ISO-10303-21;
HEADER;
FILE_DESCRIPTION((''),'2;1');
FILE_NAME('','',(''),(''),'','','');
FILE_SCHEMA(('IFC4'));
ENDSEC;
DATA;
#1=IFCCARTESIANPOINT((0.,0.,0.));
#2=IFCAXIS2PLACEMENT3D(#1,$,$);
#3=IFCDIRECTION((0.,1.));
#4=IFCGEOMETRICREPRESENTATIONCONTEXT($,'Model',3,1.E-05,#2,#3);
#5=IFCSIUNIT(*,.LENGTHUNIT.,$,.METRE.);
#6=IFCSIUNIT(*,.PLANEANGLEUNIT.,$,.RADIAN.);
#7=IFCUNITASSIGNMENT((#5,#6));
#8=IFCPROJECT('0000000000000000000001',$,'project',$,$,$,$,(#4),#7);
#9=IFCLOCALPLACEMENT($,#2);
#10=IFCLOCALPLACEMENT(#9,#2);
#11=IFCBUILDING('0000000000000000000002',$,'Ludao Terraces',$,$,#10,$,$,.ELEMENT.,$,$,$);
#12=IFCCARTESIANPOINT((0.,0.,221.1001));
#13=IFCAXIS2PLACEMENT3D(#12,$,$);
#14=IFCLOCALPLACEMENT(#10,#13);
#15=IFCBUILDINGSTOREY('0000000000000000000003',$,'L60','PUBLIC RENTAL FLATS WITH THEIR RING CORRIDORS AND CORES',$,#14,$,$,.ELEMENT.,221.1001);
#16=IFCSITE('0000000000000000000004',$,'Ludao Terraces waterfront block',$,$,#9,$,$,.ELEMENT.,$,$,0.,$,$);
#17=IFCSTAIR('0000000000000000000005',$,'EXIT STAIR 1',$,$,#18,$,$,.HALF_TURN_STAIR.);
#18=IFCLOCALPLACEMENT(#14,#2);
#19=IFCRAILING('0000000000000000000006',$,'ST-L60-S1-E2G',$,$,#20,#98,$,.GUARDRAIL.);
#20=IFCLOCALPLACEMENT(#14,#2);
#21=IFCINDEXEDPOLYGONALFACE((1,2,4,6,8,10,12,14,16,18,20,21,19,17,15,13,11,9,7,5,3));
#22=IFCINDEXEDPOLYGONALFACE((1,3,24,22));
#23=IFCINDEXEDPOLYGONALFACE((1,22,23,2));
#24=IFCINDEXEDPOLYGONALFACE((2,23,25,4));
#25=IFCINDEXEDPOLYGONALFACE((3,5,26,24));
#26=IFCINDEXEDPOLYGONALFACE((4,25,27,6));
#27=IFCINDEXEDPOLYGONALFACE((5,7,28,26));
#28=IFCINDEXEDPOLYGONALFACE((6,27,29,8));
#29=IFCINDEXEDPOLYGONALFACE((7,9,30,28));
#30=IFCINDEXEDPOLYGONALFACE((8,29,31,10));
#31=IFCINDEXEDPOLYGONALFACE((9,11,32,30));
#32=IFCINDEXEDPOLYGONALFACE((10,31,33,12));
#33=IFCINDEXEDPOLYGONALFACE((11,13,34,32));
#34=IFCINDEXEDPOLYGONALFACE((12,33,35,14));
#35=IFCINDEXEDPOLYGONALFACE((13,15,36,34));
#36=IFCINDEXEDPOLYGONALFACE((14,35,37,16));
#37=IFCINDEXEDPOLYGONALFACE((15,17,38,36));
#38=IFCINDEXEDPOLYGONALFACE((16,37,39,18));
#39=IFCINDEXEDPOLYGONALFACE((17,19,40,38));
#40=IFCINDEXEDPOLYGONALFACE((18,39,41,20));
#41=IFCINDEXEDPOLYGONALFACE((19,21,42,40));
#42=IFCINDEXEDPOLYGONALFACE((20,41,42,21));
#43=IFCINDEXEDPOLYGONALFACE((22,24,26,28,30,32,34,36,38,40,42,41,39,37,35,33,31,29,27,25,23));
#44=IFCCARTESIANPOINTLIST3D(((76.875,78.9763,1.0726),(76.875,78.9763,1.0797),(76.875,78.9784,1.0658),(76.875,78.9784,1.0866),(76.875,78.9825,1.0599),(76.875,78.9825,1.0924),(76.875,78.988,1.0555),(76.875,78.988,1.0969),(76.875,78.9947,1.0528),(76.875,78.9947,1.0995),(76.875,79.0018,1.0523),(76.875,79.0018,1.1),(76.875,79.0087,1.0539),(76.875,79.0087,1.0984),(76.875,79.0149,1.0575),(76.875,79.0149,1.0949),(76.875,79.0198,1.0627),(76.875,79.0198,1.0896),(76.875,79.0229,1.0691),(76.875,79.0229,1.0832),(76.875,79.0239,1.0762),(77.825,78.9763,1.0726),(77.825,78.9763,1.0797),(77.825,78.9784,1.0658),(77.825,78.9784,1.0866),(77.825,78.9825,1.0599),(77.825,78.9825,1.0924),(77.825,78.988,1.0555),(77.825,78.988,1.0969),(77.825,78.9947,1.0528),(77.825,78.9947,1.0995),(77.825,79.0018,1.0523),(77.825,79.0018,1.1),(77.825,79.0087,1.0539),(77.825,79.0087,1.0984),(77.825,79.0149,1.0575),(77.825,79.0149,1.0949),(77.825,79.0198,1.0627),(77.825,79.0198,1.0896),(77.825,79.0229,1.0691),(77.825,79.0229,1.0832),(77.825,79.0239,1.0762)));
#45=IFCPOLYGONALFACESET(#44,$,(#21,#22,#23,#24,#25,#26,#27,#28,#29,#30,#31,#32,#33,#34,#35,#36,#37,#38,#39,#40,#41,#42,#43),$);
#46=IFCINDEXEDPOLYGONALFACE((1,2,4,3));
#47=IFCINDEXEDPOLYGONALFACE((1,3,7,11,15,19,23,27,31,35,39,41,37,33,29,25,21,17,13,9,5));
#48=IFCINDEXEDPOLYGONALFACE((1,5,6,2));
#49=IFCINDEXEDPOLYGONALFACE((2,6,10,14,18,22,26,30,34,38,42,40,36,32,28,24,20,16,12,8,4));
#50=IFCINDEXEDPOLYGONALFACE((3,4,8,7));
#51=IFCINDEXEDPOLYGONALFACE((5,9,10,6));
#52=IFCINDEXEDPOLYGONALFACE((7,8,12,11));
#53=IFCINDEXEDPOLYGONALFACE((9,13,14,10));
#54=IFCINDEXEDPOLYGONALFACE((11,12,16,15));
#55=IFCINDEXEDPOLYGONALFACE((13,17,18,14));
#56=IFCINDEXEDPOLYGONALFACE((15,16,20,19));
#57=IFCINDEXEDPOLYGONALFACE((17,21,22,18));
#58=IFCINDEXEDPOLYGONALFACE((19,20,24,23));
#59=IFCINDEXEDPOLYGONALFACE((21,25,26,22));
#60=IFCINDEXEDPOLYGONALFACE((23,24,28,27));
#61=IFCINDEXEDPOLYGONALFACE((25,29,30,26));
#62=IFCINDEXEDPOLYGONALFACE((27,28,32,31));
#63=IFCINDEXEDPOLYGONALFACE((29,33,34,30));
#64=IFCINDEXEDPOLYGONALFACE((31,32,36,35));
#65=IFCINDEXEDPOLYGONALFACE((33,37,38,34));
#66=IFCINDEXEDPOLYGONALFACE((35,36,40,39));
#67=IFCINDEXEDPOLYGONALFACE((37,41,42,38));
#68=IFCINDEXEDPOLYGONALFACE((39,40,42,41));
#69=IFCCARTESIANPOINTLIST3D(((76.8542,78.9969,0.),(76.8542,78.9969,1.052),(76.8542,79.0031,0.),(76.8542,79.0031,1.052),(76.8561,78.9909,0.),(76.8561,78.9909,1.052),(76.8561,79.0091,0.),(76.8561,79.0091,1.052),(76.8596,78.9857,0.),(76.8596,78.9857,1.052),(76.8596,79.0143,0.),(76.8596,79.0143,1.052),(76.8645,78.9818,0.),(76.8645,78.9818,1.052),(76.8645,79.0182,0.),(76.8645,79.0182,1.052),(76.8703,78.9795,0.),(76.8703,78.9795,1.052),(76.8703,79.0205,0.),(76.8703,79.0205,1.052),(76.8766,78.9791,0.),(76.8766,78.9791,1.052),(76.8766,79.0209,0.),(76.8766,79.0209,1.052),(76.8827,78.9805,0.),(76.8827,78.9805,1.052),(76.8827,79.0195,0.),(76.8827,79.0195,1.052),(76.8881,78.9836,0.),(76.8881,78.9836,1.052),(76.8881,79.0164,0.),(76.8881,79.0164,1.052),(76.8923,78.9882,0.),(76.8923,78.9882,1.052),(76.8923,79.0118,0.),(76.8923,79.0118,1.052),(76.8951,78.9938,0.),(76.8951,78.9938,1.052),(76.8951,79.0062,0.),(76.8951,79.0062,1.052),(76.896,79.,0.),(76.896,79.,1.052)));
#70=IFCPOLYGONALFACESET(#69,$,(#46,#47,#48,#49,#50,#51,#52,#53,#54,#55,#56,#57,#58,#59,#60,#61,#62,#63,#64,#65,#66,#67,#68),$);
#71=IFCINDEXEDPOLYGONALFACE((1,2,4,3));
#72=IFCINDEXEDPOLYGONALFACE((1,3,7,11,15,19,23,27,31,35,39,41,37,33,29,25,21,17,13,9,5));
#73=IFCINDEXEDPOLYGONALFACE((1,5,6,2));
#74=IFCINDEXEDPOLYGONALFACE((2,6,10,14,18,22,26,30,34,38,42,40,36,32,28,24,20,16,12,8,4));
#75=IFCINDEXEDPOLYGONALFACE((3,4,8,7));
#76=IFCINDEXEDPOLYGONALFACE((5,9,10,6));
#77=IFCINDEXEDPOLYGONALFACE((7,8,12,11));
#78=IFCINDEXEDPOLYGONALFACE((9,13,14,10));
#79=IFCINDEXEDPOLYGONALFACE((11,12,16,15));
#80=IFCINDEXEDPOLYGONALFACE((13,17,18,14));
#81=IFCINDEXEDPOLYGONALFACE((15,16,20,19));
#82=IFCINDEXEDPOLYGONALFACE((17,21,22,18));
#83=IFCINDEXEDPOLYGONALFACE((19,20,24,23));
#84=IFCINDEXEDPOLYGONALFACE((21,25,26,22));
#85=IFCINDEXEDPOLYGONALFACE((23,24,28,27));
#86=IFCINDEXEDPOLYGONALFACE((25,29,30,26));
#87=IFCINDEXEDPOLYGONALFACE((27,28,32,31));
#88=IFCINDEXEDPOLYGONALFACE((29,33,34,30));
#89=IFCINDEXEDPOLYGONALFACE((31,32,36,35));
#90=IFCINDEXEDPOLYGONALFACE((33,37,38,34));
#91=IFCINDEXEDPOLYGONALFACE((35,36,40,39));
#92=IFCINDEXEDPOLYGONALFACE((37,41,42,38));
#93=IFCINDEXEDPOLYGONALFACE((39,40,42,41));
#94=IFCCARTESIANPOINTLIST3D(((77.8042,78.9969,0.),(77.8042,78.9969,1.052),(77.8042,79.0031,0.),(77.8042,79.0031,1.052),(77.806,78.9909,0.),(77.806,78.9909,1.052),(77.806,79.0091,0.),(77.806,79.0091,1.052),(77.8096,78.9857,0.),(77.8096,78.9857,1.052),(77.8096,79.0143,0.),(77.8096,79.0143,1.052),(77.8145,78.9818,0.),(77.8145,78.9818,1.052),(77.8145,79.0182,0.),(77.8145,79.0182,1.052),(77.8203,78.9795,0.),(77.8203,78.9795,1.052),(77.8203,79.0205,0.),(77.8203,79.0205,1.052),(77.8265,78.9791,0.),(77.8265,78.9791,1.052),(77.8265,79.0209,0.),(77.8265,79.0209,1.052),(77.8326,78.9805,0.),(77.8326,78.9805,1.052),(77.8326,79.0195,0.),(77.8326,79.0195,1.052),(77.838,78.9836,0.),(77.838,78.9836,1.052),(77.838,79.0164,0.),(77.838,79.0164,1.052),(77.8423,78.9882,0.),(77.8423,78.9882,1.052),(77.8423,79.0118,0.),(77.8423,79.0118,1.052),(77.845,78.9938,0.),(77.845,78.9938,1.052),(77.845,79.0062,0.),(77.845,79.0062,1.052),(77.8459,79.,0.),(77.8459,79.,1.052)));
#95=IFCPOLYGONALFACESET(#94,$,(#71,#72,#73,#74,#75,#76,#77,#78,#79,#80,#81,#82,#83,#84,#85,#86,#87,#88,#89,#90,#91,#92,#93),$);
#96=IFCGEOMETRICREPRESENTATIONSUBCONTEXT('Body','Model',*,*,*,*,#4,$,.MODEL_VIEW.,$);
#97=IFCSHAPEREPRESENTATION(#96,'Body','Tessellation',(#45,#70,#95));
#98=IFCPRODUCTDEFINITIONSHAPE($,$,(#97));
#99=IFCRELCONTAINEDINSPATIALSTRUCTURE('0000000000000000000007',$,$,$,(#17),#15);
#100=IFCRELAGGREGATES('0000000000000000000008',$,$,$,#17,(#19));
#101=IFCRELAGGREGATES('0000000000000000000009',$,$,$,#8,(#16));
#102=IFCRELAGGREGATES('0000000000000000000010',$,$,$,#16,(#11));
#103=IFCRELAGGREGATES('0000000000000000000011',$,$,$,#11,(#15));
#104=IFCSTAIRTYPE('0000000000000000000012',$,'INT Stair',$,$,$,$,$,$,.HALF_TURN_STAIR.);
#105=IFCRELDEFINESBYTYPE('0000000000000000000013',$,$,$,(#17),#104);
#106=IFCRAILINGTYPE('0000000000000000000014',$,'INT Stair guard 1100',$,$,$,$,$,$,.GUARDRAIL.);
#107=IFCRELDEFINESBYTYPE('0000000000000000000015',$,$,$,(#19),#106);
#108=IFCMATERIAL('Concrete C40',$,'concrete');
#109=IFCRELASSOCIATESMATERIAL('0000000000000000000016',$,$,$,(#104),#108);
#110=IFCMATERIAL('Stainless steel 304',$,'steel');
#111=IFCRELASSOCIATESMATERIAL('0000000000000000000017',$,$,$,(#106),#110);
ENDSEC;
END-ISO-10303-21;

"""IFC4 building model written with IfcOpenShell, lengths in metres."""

from ifc_helpers import new_model, si_unit, direction, frame, origin, origin_2d, place, context, subcontext, project, spatial, circle, extrude, material, type_object, element, aggregate, save


model = new_model("IFC4")

# Units and contexts
model_context = context("Model", 3, precision=1e-05, world=origin(), true_north=direction((0.0, 1.0)))
body_context = subcontext(model_context, "Body", "Model", "MODEL_VIEW")
ifc_project = project(units=[si_unit("LENGTHUNIT", "METRE"), si_unit("PLANEANGLEUNIT", "RADIAN")], contexts=[model_context])

# Site, building, storey
site_placement = place(None, origin())
site = spatial("IfcSite", under=ifc_project, at=site_placement, Name="Ludao Terraces waterfront block", CompositionType="ELEMENT", RefElevation=0.0)
building_placement = place(site_placement, origin())
building = spatial("IfcBuilding", under=site, at=building_placement, Name="Ludao Terraces", CompositionType="ELEMENT")
storey_placement = place(building_placement, frame((0.0, 0.0, 221.1001)))
storey = spatial("IfcBuildingStorey", under=building, at=storey_placement, Name="L60", Description="PUBLIC RENTAL FLATS WITH THEIR RING CORRIDORS AND CORES", CompositionType="ELEMENT", Elevation=221.1001)

# Shared definitions
ifc_material_1 = material(Name="Concrete C40", Category="concrete")

# Stair, railing
stair_type = type_object("IfcStairType", Name="INT Stair", PredefinedType="HALF_TURN_STAIR", material=ifc_material_1)
stair_placement = place(storey_placement, origin())
stair = element("IfcStair", 1, at=stair_placement, inside=storey, type_object=stair_type, Name="EXIT STAIR 1", PredefinedType="HALF_TURN_STAIR")
ifc_material_2 = material(Name="Stainless steel 304", Category="steel")
railing_type_1 = type_object("IfcRailingType", Name="INT Stair guard 1100", PredefinedType="GUARDRAIL", material=ifc_material_2)
railing_1_placement = place(storey_placement, frame((76.875, 79.0, 0.0)))
railing_1 = element("IfcRailing", 2, at=railing_1_placement, type_object=railing_type_1, Name="ST-L60-S1-E2G", PredefinedType="GUARDRAIL", context=body_context, shape_type="SweptSolid", body=[
    extrude(circle(Radius=0.0239, at=origin_2d()), frame((0.0, 0.0, 1.0762), z_axis=(1.0, 0.0, 0.0), x_axis=(0.0, 1.0, 0.0)), (0.0, 0.0, 1.0), 0.95),
    extrude(circle(Radius=0.021, at=origin_2d()), origin(), (0.0, 0.0, 1.0), 1.052),
    extrude(circle(Radius=0.021, at=origin_2d()), frame((0.95, 0.0, 0.0)), (0.0, 0.0, 1.0), 1.052),
])
aggregate(stair, [railing_1])

save(model, "model.ifc")
